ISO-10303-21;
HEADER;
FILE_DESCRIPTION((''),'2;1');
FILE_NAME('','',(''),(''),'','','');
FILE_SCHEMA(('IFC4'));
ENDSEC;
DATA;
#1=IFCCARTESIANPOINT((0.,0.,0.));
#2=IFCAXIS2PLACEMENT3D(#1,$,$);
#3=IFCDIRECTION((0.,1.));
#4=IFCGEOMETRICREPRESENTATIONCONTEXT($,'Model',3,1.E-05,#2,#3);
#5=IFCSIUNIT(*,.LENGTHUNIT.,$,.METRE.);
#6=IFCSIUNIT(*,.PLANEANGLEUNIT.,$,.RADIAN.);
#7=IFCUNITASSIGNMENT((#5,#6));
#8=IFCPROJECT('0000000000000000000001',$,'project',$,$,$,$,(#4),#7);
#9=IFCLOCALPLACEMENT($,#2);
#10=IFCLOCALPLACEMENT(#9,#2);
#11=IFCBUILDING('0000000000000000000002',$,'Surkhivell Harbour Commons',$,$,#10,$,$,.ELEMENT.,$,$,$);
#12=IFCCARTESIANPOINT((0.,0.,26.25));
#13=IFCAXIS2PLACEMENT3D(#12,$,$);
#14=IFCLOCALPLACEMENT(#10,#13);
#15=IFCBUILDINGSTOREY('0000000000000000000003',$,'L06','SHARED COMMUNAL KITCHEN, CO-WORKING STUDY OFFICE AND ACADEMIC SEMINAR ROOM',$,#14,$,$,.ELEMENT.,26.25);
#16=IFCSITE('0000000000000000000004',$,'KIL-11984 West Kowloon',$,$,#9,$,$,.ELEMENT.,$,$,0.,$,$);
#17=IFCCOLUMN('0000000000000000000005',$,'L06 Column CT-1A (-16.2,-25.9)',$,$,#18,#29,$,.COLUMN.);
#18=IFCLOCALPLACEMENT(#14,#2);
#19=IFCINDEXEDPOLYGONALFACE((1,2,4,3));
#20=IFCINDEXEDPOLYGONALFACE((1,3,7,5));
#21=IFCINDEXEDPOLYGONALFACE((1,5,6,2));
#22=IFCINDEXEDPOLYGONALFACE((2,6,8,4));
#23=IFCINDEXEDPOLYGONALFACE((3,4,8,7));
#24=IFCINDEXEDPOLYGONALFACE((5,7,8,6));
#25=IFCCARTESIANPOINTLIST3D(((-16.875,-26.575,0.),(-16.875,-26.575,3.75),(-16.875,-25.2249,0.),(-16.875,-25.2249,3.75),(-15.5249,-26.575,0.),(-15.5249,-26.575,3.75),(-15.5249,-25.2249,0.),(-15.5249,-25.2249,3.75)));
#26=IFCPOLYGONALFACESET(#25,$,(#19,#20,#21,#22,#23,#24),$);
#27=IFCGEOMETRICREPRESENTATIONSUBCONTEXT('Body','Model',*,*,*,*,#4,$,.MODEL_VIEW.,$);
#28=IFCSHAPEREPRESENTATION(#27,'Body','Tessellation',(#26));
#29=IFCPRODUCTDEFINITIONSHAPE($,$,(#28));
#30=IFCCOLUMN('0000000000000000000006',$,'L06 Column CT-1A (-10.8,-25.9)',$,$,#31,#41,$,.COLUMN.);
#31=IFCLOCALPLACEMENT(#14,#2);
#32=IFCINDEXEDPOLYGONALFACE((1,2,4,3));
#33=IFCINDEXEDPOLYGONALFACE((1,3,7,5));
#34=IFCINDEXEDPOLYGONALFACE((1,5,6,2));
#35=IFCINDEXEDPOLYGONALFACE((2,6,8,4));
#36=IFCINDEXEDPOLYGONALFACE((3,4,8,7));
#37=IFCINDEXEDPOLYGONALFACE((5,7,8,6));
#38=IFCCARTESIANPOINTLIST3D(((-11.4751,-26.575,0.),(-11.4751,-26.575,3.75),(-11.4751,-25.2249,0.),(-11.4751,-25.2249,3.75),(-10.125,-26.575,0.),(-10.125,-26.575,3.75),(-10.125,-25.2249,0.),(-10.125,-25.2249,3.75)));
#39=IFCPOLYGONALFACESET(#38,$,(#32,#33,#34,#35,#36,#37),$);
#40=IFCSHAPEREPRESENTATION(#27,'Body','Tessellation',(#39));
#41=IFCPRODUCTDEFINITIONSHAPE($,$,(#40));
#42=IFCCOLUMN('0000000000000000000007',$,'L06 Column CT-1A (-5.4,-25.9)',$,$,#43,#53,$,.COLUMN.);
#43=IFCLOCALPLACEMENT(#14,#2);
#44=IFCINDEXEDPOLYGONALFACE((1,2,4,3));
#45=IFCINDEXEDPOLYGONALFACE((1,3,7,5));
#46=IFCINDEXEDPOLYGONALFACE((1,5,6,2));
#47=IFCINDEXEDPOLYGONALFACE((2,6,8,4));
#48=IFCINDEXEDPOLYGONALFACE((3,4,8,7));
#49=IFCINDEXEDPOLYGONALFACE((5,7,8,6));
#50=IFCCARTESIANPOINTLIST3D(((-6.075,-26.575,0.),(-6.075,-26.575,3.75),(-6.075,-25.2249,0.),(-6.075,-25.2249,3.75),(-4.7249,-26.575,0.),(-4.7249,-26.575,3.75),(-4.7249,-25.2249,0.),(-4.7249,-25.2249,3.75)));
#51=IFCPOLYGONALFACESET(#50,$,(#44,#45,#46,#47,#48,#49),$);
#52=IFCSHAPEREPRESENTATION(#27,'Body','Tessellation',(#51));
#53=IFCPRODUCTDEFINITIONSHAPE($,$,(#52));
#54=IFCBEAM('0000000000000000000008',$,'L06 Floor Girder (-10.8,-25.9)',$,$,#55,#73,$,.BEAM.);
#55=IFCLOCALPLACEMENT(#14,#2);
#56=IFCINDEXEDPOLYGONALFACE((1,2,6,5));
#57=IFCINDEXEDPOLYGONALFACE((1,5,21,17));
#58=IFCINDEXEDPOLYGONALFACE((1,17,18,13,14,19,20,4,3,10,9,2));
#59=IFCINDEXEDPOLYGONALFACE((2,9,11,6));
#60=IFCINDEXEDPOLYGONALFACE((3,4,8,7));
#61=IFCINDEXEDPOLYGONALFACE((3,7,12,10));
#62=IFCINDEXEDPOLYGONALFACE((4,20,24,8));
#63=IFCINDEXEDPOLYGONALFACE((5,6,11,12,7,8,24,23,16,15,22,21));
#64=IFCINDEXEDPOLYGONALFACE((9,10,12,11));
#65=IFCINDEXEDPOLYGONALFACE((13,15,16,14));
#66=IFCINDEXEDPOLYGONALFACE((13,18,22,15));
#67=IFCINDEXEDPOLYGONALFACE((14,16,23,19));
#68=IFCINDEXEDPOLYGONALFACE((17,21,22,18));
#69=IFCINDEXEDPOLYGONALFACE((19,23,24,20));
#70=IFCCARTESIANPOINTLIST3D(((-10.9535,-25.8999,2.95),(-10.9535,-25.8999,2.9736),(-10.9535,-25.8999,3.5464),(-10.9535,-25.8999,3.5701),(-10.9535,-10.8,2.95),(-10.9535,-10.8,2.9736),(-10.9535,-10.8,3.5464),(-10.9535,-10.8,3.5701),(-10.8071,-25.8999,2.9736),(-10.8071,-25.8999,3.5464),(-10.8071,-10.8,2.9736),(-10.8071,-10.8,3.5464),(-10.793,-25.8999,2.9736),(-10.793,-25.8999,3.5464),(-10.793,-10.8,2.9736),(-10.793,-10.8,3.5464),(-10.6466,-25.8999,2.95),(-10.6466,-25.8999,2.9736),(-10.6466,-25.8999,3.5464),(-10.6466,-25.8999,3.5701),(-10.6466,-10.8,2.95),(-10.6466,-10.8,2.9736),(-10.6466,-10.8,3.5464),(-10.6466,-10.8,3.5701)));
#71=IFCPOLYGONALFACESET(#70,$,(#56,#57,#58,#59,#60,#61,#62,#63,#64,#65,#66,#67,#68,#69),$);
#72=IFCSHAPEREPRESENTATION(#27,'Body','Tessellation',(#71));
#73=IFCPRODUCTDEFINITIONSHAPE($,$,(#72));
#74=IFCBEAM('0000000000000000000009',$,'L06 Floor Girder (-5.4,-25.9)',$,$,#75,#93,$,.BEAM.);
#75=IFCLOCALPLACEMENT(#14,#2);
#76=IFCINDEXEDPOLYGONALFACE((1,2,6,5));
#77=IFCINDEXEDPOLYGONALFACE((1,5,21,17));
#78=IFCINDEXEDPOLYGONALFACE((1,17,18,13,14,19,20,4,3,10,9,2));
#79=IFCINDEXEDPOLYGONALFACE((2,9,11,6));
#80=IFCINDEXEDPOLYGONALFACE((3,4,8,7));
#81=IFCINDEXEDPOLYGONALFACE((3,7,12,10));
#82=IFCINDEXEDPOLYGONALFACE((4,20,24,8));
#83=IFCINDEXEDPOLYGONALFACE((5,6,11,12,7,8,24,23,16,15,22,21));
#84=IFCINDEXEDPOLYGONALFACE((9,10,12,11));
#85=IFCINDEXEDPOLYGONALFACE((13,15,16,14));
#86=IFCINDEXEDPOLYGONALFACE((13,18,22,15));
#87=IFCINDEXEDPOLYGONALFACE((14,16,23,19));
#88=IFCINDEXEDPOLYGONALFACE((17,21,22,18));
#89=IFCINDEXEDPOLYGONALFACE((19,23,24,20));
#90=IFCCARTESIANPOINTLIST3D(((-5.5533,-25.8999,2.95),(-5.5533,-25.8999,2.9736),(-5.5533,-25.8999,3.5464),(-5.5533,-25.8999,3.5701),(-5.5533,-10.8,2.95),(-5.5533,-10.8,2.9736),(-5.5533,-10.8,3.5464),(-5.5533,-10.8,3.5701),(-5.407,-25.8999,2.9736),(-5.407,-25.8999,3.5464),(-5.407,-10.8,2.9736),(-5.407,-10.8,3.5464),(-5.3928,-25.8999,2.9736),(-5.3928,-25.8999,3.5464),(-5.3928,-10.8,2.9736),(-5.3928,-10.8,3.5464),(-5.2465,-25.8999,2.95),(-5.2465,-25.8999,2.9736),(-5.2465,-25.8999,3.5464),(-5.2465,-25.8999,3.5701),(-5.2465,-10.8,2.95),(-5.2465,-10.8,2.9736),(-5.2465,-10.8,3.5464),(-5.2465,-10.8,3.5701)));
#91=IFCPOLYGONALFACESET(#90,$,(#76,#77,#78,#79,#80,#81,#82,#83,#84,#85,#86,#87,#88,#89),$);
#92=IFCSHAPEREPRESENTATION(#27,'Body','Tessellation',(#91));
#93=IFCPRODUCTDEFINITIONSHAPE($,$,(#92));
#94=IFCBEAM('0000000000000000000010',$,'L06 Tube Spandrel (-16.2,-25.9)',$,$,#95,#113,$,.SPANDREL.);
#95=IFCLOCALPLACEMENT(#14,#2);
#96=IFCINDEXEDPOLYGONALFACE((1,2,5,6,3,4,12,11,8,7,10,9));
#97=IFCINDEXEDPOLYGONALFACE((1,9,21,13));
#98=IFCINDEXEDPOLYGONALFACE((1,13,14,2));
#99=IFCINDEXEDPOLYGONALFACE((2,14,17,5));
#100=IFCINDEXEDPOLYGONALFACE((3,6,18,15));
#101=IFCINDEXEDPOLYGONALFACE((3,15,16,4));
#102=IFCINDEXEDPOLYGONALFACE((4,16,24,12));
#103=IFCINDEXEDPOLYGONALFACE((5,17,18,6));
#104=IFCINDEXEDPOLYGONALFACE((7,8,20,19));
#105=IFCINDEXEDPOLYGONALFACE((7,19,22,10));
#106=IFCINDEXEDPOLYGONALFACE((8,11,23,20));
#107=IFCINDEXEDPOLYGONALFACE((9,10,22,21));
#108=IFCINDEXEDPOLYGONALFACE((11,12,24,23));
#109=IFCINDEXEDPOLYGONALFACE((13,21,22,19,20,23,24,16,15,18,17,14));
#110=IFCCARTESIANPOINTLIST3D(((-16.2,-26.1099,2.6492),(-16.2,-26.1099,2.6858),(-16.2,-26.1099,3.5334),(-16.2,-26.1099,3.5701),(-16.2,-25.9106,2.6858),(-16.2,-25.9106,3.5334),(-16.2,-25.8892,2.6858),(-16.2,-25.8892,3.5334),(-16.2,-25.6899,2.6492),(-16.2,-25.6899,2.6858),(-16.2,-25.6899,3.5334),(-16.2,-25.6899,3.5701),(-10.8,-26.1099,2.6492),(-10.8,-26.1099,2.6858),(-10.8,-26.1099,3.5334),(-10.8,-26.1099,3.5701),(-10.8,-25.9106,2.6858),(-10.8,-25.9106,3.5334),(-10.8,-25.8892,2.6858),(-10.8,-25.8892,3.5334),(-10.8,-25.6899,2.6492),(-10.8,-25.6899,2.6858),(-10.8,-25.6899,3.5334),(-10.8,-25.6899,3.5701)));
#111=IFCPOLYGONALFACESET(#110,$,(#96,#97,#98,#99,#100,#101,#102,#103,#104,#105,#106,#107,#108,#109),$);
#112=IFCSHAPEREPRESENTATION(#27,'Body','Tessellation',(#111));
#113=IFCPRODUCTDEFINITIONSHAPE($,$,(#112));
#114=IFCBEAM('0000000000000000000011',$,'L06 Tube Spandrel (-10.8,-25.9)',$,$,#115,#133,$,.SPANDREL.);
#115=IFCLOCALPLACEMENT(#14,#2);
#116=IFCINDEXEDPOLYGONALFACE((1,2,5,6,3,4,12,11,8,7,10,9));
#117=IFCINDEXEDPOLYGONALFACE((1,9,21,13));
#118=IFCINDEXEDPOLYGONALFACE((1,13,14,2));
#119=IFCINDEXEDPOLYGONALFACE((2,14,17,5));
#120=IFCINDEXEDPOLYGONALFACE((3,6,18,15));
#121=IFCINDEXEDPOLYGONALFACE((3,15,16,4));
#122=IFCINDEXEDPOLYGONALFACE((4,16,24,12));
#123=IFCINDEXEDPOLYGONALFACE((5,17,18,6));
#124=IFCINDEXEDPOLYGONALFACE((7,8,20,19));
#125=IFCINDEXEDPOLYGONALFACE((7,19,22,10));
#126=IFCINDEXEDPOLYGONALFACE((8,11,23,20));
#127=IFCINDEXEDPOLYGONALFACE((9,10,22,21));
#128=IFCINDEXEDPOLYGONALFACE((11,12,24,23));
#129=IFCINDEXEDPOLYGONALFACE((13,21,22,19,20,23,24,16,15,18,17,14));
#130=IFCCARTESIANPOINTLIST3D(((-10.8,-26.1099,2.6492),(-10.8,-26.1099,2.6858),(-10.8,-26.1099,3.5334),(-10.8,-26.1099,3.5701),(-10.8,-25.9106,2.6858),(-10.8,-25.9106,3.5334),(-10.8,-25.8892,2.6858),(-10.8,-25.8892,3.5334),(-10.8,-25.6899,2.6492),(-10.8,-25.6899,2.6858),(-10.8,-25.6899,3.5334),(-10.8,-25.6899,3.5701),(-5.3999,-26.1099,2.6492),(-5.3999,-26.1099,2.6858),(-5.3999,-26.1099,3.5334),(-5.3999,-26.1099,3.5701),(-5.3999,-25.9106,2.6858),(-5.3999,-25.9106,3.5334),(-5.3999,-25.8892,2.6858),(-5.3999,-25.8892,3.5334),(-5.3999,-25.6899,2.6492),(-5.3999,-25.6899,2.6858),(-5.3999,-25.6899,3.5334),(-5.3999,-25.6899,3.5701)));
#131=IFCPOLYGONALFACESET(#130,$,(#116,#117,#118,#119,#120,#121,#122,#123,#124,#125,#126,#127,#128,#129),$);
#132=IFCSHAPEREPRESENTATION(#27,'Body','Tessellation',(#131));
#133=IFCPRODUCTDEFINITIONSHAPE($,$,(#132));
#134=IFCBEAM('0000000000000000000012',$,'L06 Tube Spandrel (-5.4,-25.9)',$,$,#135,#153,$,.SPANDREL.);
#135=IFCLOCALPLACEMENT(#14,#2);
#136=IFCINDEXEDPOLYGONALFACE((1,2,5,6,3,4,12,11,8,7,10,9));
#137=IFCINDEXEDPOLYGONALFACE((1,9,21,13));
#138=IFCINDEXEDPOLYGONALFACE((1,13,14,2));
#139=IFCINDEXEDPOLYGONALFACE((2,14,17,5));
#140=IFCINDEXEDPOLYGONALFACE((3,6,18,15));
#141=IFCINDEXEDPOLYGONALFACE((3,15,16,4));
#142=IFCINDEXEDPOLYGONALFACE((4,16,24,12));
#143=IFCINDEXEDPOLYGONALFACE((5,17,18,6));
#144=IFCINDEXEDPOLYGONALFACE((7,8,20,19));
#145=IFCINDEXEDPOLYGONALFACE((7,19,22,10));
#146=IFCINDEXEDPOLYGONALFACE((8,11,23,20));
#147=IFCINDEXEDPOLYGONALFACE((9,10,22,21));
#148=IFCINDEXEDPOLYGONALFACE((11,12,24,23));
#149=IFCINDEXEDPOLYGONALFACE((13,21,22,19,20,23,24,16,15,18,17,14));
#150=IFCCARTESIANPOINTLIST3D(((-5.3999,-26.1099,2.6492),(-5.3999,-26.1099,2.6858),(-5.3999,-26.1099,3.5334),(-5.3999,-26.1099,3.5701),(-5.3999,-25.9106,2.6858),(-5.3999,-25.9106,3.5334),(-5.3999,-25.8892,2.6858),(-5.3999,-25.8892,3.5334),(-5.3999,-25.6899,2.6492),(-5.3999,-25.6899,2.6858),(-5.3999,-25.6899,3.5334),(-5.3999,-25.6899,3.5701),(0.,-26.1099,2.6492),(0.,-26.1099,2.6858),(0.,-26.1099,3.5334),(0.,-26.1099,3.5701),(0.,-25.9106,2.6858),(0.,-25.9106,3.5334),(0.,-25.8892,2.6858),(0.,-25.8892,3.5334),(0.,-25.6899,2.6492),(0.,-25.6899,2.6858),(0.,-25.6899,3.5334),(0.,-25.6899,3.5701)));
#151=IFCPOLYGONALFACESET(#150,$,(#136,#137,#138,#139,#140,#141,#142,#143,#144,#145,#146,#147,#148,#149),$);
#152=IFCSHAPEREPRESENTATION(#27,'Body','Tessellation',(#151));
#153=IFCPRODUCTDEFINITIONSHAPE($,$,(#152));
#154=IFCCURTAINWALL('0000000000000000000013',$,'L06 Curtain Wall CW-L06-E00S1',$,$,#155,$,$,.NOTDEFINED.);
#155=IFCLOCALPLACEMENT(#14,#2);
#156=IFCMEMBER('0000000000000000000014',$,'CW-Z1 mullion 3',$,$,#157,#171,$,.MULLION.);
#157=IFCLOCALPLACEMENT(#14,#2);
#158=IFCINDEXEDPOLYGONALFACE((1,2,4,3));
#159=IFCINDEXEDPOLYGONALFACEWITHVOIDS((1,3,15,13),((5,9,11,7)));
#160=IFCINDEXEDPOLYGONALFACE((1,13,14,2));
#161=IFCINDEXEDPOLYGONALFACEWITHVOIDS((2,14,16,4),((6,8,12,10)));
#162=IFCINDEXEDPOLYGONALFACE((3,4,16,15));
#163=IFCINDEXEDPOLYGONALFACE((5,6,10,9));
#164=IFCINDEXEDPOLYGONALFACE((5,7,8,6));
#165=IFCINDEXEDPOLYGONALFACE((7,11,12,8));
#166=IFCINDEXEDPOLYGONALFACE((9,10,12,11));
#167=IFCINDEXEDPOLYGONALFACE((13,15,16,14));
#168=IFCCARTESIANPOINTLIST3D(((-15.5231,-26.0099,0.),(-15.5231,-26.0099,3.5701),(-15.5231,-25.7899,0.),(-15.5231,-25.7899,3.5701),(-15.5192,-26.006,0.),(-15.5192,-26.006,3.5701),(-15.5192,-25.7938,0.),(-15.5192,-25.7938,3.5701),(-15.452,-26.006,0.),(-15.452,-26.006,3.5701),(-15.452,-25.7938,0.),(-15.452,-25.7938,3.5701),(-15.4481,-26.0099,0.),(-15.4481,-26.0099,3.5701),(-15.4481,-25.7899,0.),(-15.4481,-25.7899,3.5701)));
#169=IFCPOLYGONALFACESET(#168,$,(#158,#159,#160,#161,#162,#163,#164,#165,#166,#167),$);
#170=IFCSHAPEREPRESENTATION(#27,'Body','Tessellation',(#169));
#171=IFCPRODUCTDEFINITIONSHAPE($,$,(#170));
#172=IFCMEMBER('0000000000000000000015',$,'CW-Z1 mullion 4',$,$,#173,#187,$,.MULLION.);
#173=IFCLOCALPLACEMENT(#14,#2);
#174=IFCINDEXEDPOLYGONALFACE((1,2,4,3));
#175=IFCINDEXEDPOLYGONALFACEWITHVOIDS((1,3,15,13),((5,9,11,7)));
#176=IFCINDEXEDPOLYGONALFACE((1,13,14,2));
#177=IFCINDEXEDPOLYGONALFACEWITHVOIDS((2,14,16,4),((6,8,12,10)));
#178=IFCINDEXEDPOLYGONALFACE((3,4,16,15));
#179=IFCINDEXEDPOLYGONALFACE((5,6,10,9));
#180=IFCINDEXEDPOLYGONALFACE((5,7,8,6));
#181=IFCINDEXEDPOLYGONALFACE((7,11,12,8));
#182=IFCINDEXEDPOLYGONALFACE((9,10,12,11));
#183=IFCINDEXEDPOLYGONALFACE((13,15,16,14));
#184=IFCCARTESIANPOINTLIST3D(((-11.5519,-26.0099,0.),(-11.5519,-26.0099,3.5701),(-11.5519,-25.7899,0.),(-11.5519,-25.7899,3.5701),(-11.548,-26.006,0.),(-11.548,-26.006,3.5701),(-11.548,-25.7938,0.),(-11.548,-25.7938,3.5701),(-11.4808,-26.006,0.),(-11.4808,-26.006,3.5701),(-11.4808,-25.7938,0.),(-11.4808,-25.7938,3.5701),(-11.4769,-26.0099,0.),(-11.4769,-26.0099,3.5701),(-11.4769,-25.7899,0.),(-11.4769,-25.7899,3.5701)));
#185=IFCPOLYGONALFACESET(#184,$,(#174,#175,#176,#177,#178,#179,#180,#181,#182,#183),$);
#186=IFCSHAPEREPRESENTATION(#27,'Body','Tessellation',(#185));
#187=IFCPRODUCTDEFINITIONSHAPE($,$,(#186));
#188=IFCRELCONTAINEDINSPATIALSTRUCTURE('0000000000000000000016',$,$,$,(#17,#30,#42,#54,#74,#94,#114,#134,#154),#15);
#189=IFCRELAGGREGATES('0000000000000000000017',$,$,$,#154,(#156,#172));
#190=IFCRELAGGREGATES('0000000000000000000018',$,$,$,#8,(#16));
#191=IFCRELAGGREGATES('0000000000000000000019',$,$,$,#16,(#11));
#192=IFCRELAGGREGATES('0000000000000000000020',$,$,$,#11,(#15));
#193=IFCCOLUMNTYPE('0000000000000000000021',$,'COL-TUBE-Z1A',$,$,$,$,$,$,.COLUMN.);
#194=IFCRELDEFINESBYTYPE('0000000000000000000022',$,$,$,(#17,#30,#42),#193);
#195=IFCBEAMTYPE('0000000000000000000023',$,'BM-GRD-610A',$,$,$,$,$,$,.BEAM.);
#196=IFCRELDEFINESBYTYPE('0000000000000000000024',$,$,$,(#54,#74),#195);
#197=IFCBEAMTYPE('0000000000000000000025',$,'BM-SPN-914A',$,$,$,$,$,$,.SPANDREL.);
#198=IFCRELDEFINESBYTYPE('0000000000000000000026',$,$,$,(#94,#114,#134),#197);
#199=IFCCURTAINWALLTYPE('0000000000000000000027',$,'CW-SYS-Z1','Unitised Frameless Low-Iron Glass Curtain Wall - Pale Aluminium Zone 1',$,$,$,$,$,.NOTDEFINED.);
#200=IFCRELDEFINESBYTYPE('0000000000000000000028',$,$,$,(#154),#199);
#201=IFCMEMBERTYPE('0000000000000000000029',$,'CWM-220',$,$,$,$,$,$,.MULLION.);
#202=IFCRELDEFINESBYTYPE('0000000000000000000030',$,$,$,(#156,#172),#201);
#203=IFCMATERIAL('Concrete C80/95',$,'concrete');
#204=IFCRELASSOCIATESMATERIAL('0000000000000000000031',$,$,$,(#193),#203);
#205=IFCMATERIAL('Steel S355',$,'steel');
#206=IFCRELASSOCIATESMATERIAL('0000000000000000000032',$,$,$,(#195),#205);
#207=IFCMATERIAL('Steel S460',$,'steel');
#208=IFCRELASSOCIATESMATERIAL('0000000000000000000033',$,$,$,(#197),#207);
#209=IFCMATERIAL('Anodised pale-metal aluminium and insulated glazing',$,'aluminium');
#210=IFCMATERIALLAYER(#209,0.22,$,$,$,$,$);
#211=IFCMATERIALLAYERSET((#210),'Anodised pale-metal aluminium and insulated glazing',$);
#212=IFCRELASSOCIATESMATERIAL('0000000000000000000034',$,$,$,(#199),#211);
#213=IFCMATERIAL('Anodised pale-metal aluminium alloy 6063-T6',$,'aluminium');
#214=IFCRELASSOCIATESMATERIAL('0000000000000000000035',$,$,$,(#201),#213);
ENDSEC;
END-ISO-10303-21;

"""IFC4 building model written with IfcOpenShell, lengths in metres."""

from ifc_helpers import new_model, si_unit, direction, frame, origin, origin_2d, place, context, subcontext, project, spatial, rectangle, hollow_rectangle, i_section, extrude, material, layer, layer_set, material_profile, profile_set, type_object, element, aggregate, save


model = new_model("IFC4")

# Units and contexts
model_context = context("Model", 3, precision=1e-05, world=origin(), true_north=direction((0.0, 1.0)))
body_context = subcontext(model_context, "Body", "Model", "MODEL_VIEW")
ifc_project = project(units=[si_unit("LENGTHUNIT", "METRE"), si_unit("PLANEANGLEUNIT", "RADIAN")], contexts=[model_context])

# Site, building, storey
site_placement = place(None, origin())
site = spatial("IfcSite", under=ifc_project, at=site_placement, Name="KIL-11984 West Kowloon", CompositionType="ELEMENT", RefElevation=0.0)
building_placement = place(site_placement, origin())
building = spatial("IfcBuilding", under=site, at=building_placement, Name="Surkhivell Harbour Commons", CompositionType="ELEMENT")
storey_placement = place(building_placement, frame((0.0, 0.0, 26.25)))
storey = spatial("IfcBuildingStorey", under=building, at=storey_placement, Name="L06", Description="SHARED COMMUNAL KITCHEN, CO-WORKING STUDY OFFICE AND ACADEMIC SEMINAR ROOM", CompositionType="ELEMENT", Elevation=26.25)

# Columns
ifc_material_1 = material(Name="Concrete C80/95", Category="concrete")
ifc_material_profile_1 = material_profile(ifc_material_1, rectangle(XDim=1.3501, YDim=1.3501, at=origin_2d()), Name="RC-COL-1350x1350")
ifc_profile_set_1 = profile_set([ifc_material_profile_1], Name="Concrete C80/95")
column_type = type_object("IfcColumnType", Name="COL-TUBE-Z1A", PredefinedType="COLUMN", material=ifc_profile_set_1)
for number, where, z_axis, x_axis, name in (
    (1, (-16.2, -25.8999, 0.0), (0.0, 0.0, 1.0), (1.0, 0.0, 0.0), "L06 Column CT-1A (-16.2,-25.9)"),
    (2, (-10.8, -25.8999, 0.0), (0.0, 0.0, 1.0), (1.0, 0.0, 0.0), "L06 Column CT-1A (-10.8,-25.9)"),
    (3, (-5.3999, -25.8999, 0.0), (0.0, 0.0, 1.0), (1.0, 0.0, 0.0), "L06 Column CT-1A (-5.4,-25.9)"),
):
    element("IfcColumn", number, at=place(storey_placement, frame(where, z_axis=z_axis, x_axis=x_axis)), inside=storey, type_object=column_type, Name=name, PredefinedType="COLUMN", context=body_context, shape_type="SweptSolid", body=[
        extrude(rectangle(XDim=1.3501, YDim=1.3501, at=origin_2d()), origin(), (0.0, 0.0, 1.0), 3.75),
    ])

# Beams
ifc_material_2 = material(Name="Steel S355", Category="steel")
ifc_material_profile_2 = material_profile(ifc_material_2, i_section(OverallWidth=0.3069, OverallDepth=0.6201, WebThickness=0.0142, FlangeThickness=0.0237, at=origin_2d()), Name="UB610x305x179")
ifc_profile_set_2 = profile_set([ifc_material_profile_2], Name="Steel S355")
beam_type_1 = type_object("IfcBeamType", Name="BM-GRD-610A", PredefinedType="BEAM", material=ifc_profile_set_2)
for number, where, z_axis, x_axis, name in (
    (4, (-10.8, -25.8999, 3.26), (0.0, 1.0, 0.0), (-1.0, 0.0, 0.0), "L06 Floor Girder (-10.8,-25.9)"),
    (5, (-5.3999, -25.8999, 3.26), (0.0, 1.0, 0.0), (-1.0, 0.0, 0.0), "L06 Floor Girder (-5.4,-25.9)"),
):
    element("IfcBeam", number, at=place(storey_placement, frame(where, z_axis=z_axis, x_axis=x_axis)), inside=storey, type_object=beam_type_1, Name=name, PredefinedType="BEAM", context=body_context, shape_type="SweptSolid", body=[
        extrude(i_section(OverallWidth=0.3069, OverallDepth=0.6201, WebThickness=0.0142, FlangeThickness=0.0237, at=origin_2d()), origin(), (0.0, 0.0, 1.0), 15.0999),
    ])
ifc_material_3 = material(Name="Steel S460", Category="steel")
ifc_material_profile_3 = material_profile(ifc_material_3, i_section(OverallWidth=0.4199, OverallDepth=0.9209, WebThickness=0.0215, FlangeThickness=0.0366, at=origin_2d()), Name="UB914x419x388")
ifc_profile_set_3 = profile_set([ifc_material_profile_3], Name="Steel S460")
beam_type_2 = type_object("IfcBeamType", Name="BM-SPN-914A", PredefinedType="SPANDREL", material=ifc_profile_set_3)
beam_1_placement = place(storey_placement, frame((-16.2, -25.8999, 3.1096), z_axis=(1.0, 0.0, 0.0), x_axis=(0.0, 1.0, 0.0)))
element("IfcBeam", 6, at=beam_1_placement, inside=storey, type_object=beam_type_2, Name="L06 Tube Spandrel (-16.2,-25.9)", PredefinedType="SPANDREL", context=body_context, shape_type="SweptSolid", body=[
    extrude(i_section(OverallWidth=0.4199, OverallDepth=0.9209, WebThickness=0.0215, FlangeThickness=0.0366, at=origin_2d()), origin(), (0.0, 0.0, 1.0), 5.3999),
])
beam_2_placement = place(storey_placement, frame((-10.8, -25.8999, 3.1096), z_axis=(1.0, 0.0, 0.0), x_axis=(0.0, 1.0, 0.0)))
element("IfcBeam", 7, at=beam_2_placement, inside=storey, type_object=beam_type_2, Name="L06 Tube Spandrel (-10.8,-25.9)", PredefinedType="SPANDREL", context=body_context, shape_type="SweptSolid", body=[
    extrude(i_section(OverallWidth=0.4199, OverallDepth=0.9209, WebThickness=0.0215, FlangeThickness=0.0366, at=origin_2d()), origin(), (0.0, 0.0, 1.0), 5.4001),
])
beam_3_placement = place(storey_placement, frame((-5.3999, -25.8999, 3.1096), z_axis=(1.0, 0.0, 0.0), x_axis=(0.0, 1.0, 0.0)))
element("IfcBeam", 8, at=beam_3_placement, inside=storey, type_object=beam_type_2, Name="L06 Tube Spandrel (-5.4,-25.9)", PredefinedType="SPANDREL", context=body_context, shape_type="SweptSolid", body=[
    extrude(i_section(OverallWidth=0.4199, OverallDepth=0.9209, WebThickness=0.0215, FlangeThickness=0.0366, at=origin_2d()), origin(), (0.0, 0.0, 1.0), 5.3999),
])

# Curtain wall, members
ifc_material_4 = material(Name="Anodised pale-metal aluminium and insulated glazing", Category="aluminium")
ifc_layer_1 = layer(ifc_material_4, 0.22)
ifc_layer_set_1 = layer_set([ifc_layer_1], Name="Anodised pale-metal aluminium and insulated glazing")
curtain_wall_type = type_object("IfcCurtainWallType", Name="CW-SYS-Z1", Description="Unitised Frameless Low-Iron Glass Curtain Wall - Pale Aluminium Zone 1", PredefinedType="NOTDEFINED", material=ifc_layer_set_1)
curtain_wall_placement = place(storey_placement, origin())
curtain_wall = element("IfcCurtainWall", 9, at=curtain_wall_placement, inside=storey, type_object=curtain_wall_type, Name="L06 Curtain Wall CW-L06-E00S1", PredefinedType="NOTDEFINED")
ifc_material_5 = material(Name="Anodised pale-metal aluminium alloy 6063-T6", Category="aluminium")
ifc_material_profile_4 = material_profile(ifc_material_5, hollow_rectangle(XDim=0.075, YDim=0.22, WallThickness=0.0039, at=origin_2d()), Name="ALU-MULL-75x220")
ifc_profile_set_4 = profile_set([ifc_material_profile_4], Name="Anodised pale-metal aluminium alloy 6063-T6")
member_type_1 = type_object("IfcMemberType", Name="CWM-220", PredefinedType="MULLION", material=ifc_profile_set_4)
member_1_placement = place(storey_placement, frame((-15.4856, -25.8999, 0.0), z_axis=(0.0, 0.0, 1.0), x_axis=(1.0, 0.0, 0.0)))
member_1 = element("IfcMember", 10, at=member_1_placement, type_object=member_type_1, Name="CW-Z1 mullion 3", PredefinedType="MULLION", context=body_context, shape_type="SweptSolid", body=[
    extrude(hollow_rectangle(XDim=0.075, YDim=0.22, WallThickness=0.0039, at=origin_2d()), origin(), (0.0, 0.0, 1.0), 3.5701),
])
member_2_placement = place(storey_placement, frame((-11.5144, -25.8999, 0.0), z_axis=(0.0, 0.0, 1.0), x_axis=(1.0, 0.0, 0.0)))
member_2 = element("IfcMember", 11, at=member_2_placement, type_object=member_type_1, Name="CW-Z1 mullion 4", PredefinedType="MULLION", context=body_context, shape_type="SweptSolid", body=[
    extrude(hollow_rectangle(XDim=0.075, YDim=0.22, WallThickness=0.0039, at=origin_2d()), origin(), (0.0, 0.0, 1.0), 3.5701),
])

aggregate(curtain_wall, [member_1, member_2])

save(model, "model.ifc")
